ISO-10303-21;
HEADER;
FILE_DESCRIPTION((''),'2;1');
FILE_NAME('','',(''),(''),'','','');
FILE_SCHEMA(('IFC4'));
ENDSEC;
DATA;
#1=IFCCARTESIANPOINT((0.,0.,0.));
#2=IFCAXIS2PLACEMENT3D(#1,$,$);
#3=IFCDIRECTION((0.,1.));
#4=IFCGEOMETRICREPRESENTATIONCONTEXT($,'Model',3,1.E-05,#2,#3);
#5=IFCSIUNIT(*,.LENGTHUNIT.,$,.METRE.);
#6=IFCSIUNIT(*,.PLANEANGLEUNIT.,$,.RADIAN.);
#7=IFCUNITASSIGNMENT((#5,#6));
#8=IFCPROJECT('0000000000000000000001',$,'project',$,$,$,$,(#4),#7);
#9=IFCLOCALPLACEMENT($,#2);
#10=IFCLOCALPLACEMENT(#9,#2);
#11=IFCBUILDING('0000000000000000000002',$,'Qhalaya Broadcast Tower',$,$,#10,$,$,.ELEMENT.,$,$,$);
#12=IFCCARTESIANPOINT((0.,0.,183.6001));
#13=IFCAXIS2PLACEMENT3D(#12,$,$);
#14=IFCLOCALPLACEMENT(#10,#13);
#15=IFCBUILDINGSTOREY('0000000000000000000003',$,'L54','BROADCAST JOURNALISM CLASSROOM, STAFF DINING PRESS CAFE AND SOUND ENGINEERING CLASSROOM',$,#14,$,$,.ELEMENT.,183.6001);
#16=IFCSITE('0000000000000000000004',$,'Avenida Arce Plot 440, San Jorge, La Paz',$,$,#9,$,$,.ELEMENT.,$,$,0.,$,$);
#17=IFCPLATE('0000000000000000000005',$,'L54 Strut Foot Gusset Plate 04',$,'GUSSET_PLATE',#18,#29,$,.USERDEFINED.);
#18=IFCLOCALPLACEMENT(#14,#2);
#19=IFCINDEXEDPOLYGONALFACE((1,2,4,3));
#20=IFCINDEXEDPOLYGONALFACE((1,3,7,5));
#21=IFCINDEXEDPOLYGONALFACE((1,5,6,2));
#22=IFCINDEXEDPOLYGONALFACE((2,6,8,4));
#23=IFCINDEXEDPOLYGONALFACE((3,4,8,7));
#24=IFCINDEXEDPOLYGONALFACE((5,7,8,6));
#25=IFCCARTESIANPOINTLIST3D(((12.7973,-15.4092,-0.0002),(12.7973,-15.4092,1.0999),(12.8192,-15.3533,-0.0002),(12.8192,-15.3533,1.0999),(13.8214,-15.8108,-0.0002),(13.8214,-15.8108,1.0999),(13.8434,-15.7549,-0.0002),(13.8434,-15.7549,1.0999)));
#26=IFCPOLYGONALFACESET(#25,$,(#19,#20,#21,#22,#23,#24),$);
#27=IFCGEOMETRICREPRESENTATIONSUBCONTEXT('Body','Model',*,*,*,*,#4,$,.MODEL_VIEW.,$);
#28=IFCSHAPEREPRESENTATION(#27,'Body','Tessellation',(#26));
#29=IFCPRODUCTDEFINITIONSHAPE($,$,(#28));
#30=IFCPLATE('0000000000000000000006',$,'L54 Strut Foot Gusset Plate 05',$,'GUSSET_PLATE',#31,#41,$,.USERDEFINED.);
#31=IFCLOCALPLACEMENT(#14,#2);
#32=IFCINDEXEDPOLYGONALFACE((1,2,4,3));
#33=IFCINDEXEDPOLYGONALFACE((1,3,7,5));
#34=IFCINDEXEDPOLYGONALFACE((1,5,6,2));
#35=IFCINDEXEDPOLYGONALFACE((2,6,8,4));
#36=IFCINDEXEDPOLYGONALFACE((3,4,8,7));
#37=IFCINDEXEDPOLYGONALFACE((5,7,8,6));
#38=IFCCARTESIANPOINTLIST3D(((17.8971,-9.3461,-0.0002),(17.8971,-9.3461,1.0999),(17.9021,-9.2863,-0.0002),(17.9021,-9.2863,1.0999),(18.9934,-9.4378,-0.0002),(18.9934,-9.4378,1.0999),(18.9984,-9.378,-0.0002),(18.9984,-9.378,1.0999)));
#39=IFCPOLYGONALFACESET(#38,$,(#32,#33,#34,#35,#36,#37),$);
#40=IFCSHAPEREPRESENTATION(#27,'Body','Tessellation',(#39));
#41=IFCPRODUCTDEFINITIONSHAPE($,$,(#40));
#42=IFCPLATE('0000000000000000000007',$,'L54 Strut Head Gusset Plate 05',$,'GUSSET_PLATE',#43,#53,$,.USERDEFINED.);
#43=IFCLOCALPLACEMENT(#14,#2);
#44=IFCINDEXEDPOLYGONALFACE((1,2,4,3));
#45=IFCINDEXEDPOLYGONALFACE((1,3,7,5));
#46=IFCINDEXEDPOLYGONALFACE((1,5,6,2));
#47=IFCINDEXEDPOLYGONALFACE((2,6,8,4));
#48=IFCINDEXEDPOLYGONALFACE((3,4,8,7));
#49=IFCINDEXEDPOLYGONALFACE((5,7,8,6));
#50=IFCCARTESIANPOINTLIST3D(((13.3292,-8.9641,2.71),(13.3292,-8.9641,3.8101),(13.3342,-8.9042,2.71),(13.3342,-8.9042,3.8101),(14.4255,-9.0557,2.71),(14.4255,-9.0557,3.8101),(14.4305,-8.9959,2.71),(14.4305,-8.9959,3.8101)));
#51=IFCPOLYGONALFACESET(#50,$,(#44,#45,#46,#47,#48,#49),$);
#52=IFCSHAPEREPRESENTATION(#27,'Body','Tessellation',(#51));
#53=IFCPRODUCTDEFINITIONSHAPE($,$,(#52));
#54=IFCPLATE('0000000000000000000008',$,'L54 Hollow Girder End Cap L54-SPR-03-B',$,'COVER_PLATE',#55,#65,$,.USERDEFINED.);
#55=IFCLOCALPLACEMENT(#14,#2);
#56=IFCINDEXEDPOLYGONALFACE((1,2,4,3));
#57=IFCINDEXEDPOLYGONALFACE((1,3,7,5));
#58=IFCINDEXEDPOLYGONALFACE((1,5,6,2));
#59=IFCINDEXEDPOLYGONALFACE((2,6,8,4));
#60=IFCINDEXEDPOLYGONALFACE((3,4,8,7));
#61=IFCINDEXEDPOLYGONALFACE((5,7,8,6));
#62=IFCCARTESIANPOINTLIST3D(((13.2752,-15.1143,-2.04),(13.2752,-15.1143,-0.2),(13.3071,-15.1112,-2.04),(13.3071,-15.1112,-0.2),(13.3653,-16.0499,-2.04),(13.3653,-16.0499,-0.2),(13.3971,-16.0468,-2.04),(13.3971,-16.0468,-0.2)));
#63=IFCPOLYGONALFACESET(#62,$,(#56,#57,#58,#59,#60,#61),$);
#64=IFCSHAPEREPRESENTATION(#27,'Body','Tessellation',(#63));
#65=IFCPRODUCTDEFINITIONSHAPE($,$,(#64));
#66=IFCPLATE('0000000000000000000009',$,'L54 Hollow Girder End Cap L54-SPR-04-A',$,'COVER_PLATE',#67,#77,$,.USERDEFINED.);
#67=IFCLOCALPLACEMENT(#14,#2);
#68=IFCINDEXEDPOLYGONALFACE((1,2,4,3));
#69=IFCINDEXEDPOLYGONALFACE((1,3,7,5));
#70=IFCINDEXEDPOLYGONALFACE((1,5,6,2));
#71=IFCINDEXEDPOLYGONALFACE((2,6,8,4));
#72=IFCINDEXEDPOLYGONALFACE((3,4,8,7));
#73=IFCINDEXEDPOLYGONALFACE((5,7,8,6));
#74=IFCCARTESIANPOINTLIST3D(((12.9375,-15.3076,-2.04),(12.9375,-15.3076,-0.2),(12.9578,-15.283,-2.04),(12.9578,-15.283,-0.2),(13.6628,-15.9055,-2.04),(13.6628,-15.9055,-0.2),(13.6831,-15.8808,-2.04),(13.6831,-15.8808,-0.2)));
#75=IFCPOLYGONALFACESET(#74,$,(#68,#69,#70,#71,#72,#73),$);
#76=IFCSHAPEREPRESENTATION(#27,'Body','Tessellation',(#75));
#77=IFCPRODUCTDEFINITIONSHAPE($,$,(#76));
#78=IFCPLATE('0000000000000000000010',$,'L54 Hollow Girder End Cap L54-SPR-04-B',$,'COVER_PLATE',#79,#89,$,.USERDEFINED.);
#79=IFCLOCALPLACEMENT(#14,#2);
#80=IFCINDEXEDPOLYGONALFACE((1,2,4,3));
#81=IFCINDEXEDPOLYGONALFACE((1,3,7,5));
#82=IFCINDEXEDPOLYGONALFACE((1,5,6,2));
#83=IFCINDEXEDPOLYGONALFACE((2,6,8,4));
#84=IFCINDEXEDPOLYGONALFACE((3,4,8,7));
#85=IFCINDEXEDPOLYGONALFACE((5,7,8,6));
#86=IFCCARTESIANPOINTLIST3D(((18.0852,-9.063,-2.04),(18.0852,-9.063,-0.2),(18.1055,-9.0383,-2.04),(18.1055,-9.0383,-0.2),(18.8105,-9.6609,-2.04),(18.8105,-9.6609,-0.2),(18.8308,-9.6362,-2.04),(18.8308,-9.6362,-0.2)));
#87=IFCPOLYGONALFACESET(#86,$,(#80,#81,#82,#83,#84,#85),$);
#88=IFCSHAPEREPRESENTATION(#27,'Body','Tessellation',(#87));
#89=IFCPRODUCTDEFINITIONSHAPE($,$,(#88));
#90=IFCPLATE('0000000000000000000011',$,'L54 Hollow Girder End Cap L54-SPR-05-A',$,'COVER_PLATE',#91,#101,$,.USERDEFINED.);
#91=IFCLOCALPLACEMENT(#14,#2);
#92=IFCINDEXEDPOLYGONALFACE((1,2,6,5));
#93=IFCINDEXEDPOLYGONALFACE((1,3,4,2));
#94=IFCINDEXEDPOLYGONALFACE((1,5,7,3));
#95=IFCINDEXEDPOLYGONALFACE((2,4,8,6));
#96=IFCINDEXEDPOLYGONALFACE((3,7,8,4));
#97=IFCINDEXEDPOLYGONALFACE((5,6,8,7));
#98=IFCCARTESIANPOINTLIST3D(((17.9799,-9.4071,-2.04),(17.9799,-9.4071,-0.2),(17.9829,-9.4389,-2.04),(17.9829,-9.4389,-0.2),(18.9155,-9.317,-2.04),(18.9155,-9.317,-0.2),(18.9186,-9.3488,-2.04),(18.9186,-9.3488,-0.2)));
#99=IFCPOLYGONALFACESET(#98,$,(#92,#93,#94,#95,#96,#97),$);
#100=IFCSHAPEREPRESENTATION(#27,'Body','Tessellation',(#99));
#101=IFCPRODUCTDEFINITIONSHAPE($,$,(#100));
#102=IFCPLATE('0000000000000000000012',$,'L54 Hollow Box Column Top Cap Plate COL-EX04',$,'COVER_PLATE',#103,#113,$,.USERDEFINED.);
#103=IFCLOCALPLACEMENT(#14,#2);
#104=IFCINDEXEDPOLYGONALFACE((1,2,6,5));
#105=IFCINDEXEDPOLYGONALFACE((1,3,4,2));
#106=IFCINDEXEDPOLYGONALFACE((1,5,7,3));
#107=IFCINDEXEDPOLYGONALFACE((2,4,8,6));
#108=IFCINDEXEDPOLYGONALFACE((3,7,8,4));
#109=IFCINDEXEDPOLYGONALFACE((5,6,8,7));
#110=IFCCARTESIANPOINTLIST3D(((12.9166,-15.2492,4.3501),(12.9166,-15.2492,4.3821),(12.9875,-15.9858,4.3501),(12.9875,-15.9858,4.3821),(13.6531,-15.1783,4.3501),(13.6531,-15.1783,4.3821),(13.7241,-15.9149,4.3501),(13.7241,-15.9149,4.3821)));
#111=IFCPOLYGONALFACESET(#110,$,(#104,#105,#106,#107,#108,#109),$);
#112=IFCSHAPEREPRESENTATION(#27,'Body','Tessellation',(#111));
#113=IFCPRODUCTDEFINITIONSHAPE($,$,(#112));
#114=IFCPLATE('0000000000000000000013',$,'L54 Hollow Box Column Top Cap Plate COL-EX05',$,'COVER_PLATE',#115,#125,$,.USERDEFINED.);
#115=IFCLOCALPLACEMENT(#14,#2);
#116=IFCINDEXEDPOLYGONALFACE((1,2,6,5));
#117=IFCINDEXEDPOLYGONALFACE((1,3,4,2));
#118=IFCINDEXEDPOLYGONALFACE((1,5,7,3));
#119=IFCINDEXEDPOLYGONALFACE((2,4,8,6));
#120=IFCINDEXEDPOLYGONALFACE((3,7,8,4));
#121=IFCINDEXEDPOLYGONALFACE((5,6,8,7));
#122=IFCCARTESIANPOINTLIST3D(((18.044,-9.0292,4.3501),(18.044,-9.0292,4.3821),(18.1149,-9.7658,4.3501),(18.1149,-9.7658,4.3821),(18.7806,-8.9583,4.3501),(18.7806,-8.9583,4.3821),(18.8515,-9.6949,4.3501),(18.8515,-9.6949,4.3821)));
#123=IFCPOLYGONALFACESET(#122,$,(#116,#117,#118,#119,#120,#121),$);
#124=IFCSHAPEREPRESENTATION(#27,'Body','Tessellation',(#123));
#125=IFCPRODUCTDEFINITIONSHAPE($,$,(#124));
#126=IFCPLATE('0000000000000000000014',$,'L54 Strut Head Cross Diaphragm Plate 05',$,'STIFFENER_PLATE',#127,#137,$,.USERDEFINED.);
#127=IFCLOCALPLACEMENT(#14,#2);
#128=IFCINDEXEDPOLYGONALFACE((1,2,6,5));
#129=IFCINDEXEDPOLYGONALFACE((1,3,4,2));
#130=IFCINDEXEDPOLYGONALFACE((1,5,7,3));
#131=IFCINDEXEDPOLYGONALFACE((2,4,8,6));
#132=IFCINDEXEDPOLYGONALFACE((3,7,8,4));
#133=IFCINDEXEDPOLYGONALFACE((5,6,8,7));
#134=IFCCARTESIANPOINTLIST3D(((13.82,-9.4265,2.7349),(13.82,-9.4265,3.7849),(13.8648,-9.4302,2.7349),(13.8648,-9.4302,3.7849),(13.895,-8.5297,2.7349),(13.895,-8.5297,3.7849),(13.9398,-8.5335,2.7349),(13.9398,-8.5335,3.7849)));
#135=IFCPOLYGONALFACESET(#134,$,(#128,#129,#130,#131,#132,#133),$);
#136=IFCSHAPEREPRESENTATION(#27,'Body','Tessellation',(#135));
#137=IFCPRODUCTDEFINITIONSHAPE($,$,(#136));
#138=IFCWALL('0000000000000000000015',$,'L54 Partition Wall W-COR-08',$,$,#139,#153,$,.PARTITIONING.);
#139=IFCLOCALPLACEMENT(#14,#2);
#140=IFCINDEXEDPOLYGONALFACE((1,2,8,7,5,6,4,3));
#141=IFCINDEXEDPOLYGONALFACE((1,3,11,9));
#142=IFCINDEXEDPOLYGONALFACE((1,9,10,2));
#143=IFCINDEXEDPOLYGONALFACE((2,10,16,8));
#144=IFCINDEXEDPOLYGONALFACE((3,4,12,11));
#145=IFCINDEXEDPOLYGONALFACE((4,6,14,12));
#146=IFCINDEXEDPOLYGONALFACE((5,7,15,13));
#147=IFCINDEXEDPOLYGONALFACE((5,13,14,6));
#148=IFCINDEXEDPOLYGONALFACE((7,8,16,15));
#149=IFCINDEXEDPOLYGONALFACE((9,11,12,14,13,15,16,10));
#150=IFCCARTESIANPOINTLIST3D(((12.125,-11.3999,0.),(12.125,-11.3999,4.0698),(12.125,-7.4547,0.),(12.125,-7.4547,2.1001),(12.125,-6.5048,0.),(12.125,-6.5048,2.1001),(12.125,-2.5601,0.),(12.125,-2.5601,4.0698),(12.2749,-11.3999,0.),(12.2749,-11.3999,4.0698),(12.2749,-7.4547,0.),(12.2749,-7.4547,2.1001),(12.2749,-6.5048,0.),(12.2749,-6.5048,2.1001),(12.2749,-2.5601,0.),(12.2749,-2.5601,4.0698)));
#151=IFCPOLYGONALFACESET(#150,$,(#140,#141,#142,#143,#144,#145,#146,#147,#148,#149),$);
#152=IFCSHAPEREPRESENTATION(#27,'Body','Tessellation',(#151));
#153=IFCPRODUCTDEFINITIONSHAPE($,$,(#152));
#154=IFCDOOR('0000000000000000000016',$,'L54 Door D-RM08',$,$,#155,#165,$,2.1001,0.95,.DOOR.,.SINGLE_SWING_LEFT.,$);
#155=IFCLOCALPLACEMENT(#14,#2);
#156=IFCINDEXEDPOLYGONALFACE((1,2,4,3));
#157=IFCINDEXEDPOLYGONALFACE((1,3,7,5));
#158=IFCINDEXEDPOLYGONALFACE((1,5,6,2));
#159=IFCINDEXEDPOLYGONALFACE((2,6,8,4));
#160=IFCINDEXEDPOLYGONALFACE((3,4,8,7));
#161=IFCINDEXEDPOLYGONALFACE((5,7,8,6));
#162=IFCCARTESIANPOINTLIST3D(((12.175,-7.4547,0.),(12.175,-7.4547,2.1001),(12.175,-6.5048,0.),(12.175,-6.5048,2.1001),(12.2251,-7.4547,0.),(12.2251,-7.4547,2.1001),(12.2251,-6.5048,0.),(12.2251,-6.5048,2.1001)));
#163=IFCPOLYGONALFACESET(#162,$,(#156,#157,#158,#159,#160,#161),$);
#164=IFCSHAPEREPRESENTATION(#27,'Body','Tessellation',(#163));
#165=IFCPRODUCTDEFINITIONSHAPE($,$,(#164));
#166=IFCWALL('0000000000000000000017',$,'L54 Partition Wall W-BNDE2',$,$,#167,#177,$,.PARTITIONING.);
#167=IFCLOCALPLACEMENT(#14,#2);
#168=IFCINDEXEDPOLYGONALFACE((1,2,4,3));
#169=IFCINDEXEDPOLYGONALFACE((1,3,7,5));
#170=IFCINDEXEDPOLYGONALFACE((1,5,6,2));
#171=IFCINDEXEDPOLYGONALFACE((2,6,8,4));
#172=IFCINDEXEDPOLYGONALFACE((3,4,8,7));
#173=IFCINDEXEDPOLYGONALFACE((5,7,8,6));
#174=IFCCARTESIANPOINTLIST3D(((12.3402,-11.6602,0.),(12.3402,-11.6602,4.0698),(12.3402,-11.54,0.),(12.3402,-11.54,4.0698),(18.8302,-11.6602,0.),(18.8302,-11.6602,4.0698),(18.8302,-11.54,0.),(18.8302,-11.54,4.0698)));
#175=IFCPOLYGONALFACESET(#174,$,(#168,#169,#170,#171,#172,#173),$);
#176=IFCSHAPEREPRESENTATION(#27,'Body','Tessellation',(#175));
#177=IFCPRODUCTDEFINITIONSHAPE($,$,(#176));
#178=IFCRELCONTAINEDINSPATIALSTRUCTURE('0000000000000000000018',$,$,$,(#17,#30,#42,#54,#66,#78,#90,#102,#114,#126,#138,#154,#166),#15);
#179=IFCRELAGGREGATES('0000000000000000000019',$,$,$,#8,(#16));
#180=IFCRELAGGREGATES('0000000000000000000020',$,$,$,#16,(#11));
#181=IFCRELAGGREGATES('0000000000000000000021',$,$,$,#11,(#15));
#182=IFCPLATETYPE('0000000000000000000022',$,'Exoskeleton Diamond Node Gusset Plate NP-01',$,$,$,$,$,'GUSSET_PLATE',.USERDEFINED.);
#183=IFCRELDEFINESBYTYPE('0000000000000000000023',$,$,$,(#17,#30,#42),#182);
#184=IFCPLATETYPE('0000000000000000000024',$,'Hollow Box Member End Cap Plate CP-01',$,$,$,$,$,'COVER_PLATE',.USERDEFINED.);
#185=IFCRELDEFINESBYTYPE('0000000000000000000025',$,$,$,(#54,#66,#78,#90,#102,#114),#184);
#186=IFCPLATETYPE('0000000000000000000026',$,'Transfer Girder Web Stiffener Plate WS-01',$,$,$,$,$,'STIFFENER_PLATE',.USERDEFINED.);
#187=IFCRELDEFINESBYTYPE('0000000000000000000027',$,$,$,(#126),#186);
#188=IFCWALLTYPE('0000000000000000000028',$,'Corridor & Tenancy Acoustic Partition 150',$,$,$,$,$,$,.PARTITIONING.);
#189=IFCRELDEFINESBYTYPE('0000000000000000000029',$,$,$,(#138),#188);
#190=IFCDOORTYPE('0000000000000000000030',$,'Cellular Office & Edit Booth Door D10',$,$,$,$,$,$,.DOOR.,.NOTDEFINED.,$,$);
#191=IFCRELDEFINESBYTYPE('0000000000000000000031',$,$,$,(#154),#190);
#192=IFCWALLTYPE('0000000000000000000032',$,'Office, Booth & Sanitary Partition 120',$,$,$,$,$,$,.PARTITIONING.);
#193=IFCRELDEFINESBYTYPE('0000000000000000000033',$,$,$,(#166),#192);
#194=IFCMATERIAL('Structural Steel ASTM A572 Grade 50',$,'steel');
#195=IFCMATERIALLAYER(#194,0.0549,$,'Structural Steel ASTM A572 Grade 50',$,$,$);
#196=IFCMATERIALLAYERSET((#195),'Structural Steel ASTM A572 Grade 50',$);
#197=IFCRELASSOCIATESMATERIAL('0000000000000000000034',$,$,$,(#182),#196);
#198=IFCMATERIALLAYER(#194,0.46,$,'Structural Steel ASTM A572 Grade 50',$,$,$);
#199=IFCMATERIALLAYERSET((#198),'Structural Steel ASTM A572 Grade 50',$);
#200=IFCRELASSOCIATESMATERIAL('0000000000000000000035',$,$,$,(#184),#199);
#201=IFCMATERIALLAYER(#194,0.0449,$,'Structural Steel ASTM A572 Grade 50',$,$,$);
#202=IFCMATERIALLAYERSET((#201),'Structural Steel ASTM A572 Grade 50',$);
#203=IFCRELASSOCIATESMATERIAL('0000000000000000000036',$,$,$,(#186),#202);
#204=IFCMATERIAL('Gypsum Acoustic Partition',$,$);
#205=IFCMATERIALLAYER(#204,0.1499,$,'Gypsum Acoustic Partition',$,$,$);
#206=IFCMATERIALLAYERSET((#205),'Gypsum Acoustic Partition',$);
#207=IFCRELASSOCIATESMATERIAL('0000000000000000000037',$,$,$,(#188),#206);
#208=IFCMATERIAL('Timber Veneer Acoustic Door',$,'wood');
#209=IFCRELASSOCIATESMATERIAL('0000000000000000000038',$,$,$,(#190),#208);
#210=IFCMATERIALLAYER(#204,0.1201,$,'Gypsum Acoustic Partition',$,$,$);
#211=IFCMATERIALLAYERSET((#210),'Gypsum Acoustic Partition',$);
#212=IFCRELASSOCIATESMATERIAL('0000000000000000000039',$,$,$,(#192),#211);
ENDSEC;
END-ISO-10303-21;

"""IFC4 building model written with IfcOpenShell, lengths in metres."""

from ifc_helpers import new_model, si_unit, direction, frame, frame_2d, origin, origin_2d, place, context, subcontext, project, spatial, rectangle, extrude, material, layer, layer_set, type_object, element, fill, save


model = new_model("IFC4")

# Units and contexts
model_context = context("Model", 3, precision=1e-05, world=origin(), true_north=direction((0.0, 1.0)))
body_context = subcontext(model_context, "Body", "Model", "MODEL_VIEW")
ifc_project = project(units=[si_unit("LENGTHUNIT", "METRE"), si_unit("PLANEANGLEUNIT", "RADIAN")], contexts=[model_context])

# Site, building, storey
site_placement = place(None, origin())
site = spatial("IfcSite", under=ifc_project, at=site_placement, Name="Avenida Arce Plot 440, San Jorge, La Paz", CompositionType="ELEMENT", RefElevation=0.0)
building_placement = place(site_placement, origin())
building = spatial("IfcBuilding", under=site, at=building_placement, Name="Qhalaya Broadcast Tower", CompositionType="ELEMENT")
storey_placement = place(building_placement, frame((0.0, 0.0, 183.6001)))
storey = spatial("IfcBuildingStorey", under=building, at=storey_placement, Name="L54", Description="BROADCAST JOURNALISM CLASSROOM, STAFF DINING PRESS CAFE AND SOUND ENGINEERING CLASSROOM", CompositionType="ELEMENT", Elevation=183.6001)

# Shared definitions
ifc_material_1 = material(Name="Structural Steel ASTM A572 Grade 50", Category="steel")

# Plates
ifc_layer_1 = layer(ifc_material_1, 0.0549, Name="Structural Steel ASTM A572 Grade 50")
ifc_layer_set_1 = layer_set([ifc_layer_1], Name="Structural Steel ASTM A572 Grade 50")
plate_type_1 = type_object("IfcPlateType", Name="Exoskeleton Diamond Node Gusset Plate NP-01", ElementType="GUSSET_PLATE", PredefinedType="USERDEFINED", material=ifc_layer_set_1)
for number, where, z_axis, x_axis, name in (
    (1, (13.3203, -15.582, -0.0002), (0.0, 0.0, 1.0), (-0.930979, 0.365072, 0.0), "L54 Strut Foot Gusset Plate 04"),
    (2, (18.4478, -9.3621, -0.0002), (0.0, 0.0, 1.0), (-0.996522, 0.08333, 0.0), "L54 Strut Foot Gusset Plate 05"),
    (3, (13.8799, -8.98, 2.71), (0.0, 0.0, 1.0), (-0.996522, 0.08333, 0.0), "L54 Strut Head Gusset Plate 05"),
):
    element("IfcPlate", number, at=place(storey_placement, frame(where, z_axis=z_axis, x_axis=x_axis)), inside=storey, type_object=plate_type_1, Name=name, ObjectType="GUSSET_PLATE", PredefinedType="USERDEFINED", context=body_context, shape_type="SweptSolid", body=[
        extrude(rectangle(XDim=1.1001, YDim=0.0601, at=origin_2d()), origin(), (0.0, 0.0, 1.0), 1.1001),
    ])
ifc_layer_2 = layer(ifc_material_1, 0.46, Name="Structural Steel ASTM A572 Grade 50")
ifc_layer_set_2 = layer_set([ifc_layer_2], Name="Structural Steel ASTM A572 Grade 50")
plate_type_2 = type_object("IfcPlateType", Name="Hollow Box Member End Cap Plate CP-01", ElementType="COVER_PLATE", PredefinedType="USERDEFINED", material=ifc_layer_set_2)
for number, where, z_axis, x_axis, name in (
    (4, (13.3362, -15.5806, -2.04), (0.0, 0.0, 1.0), (-0.095846, 0.995396, 0.0), "L54 Hollow Girder End Cap L54-SPR-03-B"),
    (5, (13.3103, -15.5942, -2.04), (0.0, 0.0, 1.0), (-0.771625, 0.636078, 0.0), "L54 Hollow Girder End Cap L54-SPR-04-A"),
    (6, (18.458, -9.3496, -2.04), (0.0, 0.0, 1.0), (-0.771625, 0.636078, 0.0), "L54 Hollow Girder End Cap L54-SPR-04-B"),
    (7, (18.4492, -9.3779, -2.04), (0.0, 0.0, 1.0), (-0.995396, -0.095846, 0.0), "L54 Hollow Girder End Cap L54-SPR-05-A"),
):
    element("IfcPlate", number, at=place(storey_placement, frame(where, z_axis=z_axis, x_axis=x_axis)), inside=storey, type_object=plate_type_2, Name=name, ObjectType="COVER_PLATE", PredefinedType="USERDEFINED", context=body_context, shape_type="SweptSolid", body=[
        extrude(rectangle(XDim=0.9399, YDim=0.032, at=origin_2d()), origin(), (0.0, 0.0, 1.0), 1.8401),
    ])
for number, where, z_axis, x_axis, name in (
    (8, (13.3203, -15.582, 4.3501), (0.0, 0.0, 1.0), (0.995396, 0.095846, 0.0), "L54 Hollow Box Column Top Cap Plate COL-EX04"),
    (9, (18.4478, -9.3621, 4.3501), (0.0, 0.0, 1.0), (-0.095846, 0.995396, 0.0), "L54 Hollow Box Column Top Cap Plate COL-EX05"),
):
    element("IfcPlate", number, at=place(storey_placement, frame(where, z_axis=z_axis, x_axis=x_axis)), inside=storey, type_object=plate_type_2, Name=name, ObjectType="COVER_PLATE", PredefinedType="USERDEFINED", context=body_context, shape_type="SweptSolid", body=[
        extrude(rectangle(XDim=0.74, YDim=0.74, at=origin_2d()), origin(), (0.0, 0.0, 1.0), 0.032),
    ])
ifc_layer_3 = layer(ifc_material_1, 0.0449, Name="Structural Steel ASTM A572 Grade 50")
ifc_layer_set_3 = layer_set([ifc_layer_3], Name="Structural Steel ASTM A572 Grade 50")
plate_type_3 = type_object("IfcPlateType", Name="Transfer Girder Web Stiffener Plate WS-01", ElementType="STIFFENER_PLATE", PredefinedType="USERDEFINED", material=ifc_layer_set_3)
plate_placement = place(storey_placement, frame((13.8799, -8.98, 2.7349), z_axis=(0.0, 0.0, 1.0), x_axis=(-0.08333, -0.996522, 0.0)))
element("IfcPlate", 10, at=plate_placement, inside=storey, type_object=plate_type_3, Name="L54 Strut Head Cross Diaphragm Plate 05", ObjectType="STIFFENER_PLATE", PredefinedType="USERDEFINED", context=body_context, shape_type="SweptSolid", body=[
    extrude(rectangle(XDim=0.8999, YDim=0.0449, at=origin_2d()), origin(), (0.0, 0.0, 1.0), 1.05),
])

# Wall, opening, door
ifc_material_2 = material(Name="Gypsum Acoustic Partition")
ifc_layer_4 = layer(ifc_material_2, 0.1499, Name="Gypsum Acoustic Partition")
ifc_layer_set_4 = layer_set([ifc_layer_4], Name="Gypsum Acoustic Partition")
wall_type_1 = type_object("IfcWallType", Name="Corridor & Tenancy Acoustic Partition 150", PredefinedType="PARTITIONING", material=ifc_layer_set_4)
wall_1_placement = place(storey_placement, frame((12.2, -11.3999, 0.0), z_axis=(0.0, 0.0, 1.0), x_axis=(0.0, 1.0, 0.0)))
wall_1 = element("IfcWall", 11, at=wall_1_placement, inside=storey, type_object=wall_type_1, Name="L54 Partition Wall W-COR-08", PredefinedType="PARTITIONING", context=body_context, shape_type="SweptSolid", body=[
    extrude(rectangle(XDim=8.8398, YDim=0.1499, at=frame_2d((4.4199, 0.0))), origin(), (0.0, 0.0, 1.0), 4.0698),
])
opening_placement = place(wall_1_placement, frame((3.9451, 0.0, 0.0)))
opening = element("IfcOpeningElement", 12, at=opening_placement, cuts=wall_1, PredefinedType="OPENING", context=body_context, shape_type="SweptSolid", body=[
    extrude(rectangle(XDim=0.95, YDim=2.1001, at=frame_2d((0.4751, 1.05))), frame((0.0, 0.0869, 0.0), z_axis=(0.0, -1.0, 0.0), x_axis=(1.0, 0.0, 0.0)), (0.0, 0.0, 1.0), 0.1738),
])
ifc_material_3 = material(Name="Timber Veneer Acoustic Door", Category="wood")
door_type = type_object("IfcDoorType", Name="Cellular Office & Edit Booth Door D10", OperationType="NOTDEFINED", PredefinedType="DOOR", material=ifc_material_3)
door_placement = place(opening_placement, origin())
door = element("IfcDoor", 13, at=door_placement, inside=storey, type_object=door_type, Name="L54 Door D-RM08", OperationType="SINGLE_SWING_LEFT", OverallHeight=2.1001, OverallWidth=0.95, PredefinedType="DOOR", context=body_context, shape_type="SweptSolid", body=[
    extrude(rectangle(XDim=0.95, YDim=2.1001, at=frame_2d((0.4751, 1.05))), frame((0.0, 0.0249, 0.0), z_axis=(0.0, -1.0, 0.0), x_axis=(1.0, 0.0, 0.0)), (0.0, 0.0, 1.0), 0.05),
])
fill(opening, door)

# Wall
ifc_layer_5 = layer(ifc_material_2, 0.1201, Name="Gypsum Acoustic Partition")
ifc_layer_set_5 = layer_set([ifc_layer_5], Name="Gypsum Acoustic Partition")
wall_type_2 = type_object("IfcWallType", Name="Office, Booth & Sanitary Partition 120", PredefinedType="PARTITIONING", material=ifc_layer_set_5)
wall_2_placement = place(storey_placement, frame((12.3401, -11.6001, 0.0), z_axis=(0.0, 0.0, 1.0), x_axis=(1.0, 0.0, 0.0)))
element("IfcWall", 14, at=wall_2_placement, inside=storey, type_object=wall_type_2, Name="L54 Partition Wall W-BNDE2", PredefinedType="PARTITIONING", context=body_context, shape_type="SweptSolid", body=[
    extrude(rectangle(XDim=6.49, YDim=0.1201, at=frame_2d((3.2451, 0.0))), origin(), (0.0, 0.0, 1.0), 4.0698),
])

save(model, "model.ifc")
